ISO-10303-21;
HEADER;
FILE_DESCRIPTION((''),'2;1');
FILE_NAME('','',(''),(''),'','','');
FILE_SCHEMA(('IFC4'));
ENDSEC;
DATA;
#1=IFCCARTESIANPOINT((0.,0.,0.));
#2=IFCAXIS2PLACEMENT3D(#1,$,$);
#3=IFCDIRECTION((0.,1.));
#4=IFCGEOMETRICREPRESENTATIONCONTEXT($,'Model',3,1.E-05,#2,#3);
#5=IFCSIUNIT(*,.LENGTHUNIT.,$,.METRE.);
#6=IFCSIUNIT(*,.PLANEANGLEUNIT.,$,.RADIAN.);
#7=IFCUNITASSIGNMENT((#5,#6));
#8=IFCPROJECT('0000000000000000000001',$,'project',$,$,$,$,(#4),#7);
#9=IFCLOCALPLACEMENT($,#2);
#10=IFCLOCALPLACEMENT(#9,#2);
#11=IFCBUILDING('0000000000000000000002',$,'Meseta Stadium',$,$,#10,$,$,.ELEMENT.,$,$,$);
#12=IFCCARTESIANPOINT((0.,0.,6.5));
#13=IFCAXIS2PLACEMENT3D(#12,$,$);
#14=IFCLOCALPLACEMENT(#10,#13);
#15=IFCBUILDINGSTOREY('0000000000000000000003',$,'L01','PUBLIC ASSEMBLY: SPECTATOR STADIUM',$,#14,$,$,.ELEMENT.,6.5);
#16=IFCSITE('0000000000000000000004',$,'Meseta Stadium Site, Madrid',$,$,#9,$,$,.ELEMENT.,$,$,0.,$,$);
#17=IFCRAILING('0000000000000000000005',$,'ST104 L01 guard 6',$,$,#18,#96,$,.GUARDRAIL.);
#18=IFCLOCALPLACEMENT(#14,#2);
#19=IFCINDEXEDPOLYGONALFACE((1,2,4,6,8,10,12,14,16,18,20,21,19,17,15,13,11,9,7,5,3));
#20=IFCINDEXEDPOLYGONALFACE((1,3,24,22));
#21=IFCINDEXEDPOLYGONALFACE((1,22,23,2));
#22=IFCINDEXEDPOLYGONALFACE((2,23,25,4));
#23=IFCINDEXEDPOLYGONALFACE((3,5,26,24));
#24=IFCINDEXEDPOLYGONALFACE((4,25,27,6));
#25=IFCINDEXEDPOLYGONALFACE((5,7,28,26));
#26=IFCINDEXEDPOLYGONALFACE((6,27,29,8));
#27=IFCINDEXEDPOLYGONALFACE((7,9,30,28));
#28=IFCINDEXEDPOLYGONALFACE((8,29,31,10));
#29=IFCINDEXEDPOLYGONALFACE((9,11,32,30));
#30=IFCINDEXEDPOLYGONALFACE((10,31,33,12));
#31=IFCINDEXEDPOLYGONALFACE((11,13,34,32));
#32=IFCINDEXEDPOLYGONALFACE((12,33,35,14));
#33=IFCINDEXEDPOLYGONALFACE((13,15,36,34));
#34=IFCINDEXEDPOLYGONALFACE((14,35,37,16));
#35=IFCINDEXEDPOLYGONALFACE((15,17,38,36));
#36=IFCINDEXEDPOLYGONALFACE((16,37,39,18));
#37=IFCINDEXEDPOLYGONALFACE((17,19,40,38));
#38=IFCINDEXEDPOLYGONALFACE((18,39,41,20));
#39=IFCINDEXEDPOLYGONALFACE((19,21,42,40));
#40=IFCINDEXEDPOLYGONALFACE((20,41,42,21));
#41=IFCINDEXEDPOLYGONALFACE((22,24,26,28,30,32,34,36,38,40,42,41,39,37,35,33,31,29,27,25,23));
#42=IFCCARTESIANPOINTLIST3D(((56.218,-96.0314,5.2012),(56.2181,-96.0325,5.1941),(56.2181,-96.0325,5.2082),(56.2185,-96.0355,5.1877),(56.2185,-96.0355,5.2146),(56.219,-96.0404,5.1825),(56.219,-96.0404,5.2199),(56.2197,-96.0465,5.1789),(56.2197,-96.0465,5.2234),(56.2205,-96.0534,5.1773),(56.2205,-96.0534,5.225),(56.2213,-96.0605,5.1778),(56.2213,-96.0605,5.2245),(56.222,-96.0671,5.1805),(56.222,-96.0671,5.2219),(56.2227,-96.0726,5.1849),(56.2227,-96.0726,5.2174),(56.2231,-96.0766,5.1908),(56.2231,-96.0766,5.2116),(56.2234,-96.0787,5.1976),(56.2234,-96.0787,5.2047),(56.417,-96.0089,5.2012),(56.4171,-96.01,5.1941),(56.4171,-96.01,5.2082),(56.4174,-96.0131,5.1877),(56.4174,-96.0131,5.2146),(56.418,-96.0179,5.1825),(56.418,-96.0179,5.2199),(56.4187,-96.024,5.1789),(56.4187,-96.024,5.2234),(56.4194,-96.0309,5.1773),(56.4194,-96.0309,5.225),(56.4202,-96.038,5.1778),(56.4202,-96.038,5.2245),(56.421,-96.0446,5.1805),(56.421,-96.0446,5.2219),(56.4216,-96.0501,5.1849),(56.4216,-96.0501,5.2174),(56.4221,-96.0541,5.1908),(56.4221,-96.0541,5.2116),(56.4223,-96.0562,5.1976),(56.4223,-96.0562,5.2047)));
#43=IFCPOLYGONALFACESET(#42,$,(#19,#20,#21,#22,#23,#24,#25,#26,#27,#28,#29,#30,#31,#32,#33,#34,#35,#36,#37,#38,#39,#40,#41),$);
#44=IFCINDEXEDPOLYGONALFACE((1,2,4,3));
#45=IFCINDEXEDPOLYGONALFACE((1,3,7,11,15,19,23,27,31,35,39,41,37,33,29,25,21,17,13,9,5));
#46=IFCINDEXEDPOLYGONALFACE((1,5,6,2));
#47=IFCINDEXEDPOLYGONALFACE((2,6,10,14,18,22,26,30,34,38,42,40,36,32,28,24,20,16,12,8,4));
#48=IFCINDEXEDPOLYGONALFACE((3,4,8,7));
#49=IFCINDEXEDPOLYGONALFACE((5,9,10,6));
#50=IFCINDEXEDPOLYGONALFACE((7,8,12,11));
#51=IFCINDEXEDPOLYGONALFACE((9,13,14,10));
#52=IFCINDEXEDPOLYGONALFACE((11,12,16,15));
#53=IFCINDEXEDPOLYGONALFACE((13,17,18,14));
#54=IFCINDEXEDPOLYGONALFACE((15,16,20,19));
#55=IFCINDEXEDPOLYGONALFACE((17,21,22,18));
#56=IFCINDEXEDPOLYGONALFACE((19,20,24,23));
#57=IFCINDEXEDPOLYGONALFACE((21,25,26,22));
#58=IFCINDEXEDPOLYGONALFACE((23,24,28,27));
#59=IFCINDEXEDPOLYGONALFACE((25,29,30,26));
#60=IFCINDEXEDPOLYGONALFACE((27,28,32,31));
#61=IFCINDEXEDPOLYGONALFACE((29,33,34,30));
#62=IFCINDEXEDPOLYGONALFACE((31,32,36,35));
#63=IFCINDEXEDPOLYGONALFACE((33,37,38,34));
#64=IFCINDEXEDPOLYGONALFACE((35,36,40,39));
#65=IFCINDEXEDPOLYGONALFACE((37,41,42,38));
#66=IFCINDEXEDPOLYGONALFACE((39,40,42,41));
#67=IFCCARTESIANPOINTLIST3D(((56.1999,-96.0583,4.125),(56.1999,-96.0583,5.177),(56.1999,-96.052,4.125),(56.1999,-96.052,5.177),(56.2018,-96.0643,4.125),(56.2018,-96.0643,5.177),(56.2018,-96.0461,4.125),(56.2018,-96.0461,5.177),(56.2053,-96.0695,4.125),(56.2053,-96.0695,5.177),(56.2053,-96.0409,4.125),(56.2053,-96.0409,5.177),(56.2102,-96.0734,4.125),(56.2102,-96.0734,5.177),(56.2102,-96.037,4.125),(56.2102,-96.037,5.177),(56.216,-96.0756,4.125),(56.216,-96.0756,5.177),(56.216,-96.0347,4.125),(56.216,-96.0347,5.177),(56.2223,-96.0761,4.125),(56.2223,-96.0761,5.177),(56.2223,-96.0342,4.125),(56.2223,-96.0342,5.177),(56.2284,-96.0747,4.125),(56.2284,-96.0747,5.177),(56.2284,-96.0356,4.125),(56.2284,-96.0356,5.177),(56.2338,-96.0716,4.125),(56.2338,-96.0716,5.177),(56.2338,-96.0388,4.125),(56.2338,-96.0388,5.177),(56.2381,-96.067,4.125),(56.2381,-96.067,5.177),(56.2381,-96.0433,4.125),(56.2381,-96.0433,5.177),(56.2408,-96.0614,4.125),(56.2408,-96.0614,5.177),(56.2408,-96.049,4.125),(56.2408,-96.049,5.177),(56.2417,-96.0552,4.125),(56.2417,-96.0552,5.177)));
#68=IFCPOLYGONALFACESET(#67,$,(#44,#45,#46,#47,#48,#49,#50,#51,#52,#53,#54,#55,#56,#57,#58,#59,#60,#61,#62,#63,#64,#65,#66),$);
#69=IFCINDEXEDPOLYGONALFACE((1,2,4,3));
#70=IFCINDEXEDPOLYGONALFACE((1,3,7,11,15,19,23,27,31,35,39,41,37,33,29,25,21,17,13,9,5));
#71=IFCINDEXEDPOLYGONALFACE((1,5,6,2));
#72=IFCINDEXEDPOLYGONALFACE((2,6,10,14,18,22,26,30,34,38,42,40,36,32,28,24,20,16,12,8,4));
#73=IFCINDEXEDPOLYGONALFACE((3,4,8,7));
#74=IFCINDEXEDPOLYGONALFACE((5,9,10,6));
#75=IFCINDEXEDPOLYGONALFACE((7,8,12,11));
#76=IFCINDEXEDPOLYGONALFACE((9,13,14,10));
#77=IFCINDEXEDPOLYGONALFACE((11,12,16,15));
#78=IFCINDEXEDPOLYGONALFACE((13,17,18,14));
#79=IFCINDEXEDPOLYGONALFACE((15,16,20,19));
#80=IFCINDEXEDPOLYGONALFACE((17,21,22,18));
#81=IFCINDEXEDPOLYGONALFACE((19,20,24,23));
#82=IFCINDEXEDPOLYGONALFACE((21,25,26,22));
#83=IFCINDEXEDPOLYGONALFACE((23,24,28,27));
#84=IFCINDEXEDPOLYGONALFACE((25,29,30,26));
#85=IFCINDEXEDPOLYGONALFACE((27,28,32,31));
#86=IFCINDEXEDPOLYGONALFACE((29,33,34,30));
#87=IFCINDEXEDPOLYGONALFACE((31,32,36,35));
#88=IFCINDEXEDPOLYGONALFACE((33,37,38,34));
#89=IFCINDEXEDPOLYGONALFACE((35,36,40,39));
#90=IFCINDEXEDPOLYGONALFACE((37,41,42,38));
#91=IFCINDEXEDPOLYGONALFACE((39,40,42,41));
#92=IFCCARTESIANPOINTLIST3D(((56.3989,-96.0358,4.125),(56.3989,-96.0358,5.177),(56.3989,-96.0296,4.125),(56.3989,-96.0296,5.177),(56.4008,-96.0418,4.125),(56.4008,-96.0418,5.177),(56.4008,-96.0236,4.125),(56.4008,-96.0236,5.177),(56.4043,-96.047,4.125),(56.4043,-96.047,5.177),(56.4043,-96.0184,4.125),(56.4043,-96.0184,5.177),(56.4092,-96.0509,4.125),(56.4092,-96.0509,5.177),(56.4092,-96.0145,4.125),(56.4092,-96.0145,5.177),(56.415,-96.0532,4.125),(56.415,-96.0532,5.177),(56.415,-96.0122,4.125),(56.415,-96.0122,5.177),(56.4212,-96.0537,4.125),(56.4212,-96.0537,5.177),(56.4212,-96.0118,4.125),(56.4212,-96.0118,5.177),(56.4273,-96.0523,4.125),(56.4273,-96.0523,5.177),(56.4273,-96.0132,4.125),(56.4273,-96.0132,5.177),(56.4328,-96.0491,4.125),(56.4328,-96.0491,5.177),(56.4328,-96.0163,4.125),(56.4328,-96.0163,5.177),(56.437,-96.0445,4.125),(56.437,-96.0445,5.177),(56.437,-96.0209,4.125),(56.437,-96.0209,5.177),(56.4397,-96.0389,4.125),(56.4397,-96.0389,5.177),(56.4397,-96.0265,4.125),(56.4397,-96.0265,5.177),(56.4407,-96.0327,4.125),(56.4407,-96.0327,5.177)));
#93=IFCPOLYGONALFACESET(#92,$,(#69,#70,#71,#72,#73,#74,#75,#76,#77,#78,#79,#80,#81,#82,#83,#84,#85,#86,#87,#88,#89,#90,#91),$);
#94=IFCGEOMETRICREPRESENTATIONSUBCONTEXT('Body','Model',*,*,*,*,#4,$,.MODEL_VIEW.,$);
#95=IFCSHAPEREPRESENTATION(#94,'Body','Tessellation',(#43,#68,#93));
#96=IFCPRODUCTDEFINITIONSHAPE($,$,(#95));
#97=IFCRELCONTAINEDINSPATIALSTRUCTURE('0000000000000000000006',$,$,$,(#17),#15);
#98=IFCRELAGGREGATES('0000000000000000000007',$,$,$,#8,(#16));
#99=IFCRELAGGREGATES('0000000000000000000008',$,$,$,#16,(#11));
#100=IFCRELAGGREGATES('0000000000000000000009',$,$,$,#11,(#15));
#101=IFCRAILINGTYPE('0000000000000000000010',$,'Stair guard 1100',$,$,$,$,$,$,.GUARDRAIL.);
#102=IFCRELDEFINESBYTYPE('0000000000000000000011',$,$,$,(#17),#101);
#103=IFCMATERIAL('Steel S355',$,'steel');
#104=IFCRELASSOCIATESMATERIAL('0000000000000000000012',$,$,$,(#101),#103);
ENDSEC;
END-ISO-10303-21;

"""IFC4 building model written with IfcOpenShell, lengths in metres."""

from ifc_helpers import new_model, si_unit, direction, frame, origin, origin_2d, place, context, subcontext, project, spatial, circle, extrude, material, type_object, element, save


model = new_model("IFC4")

# Units and contexts
model_context = context("Model", 3, precision=1e-05, world=origin(), true_north=direction((0.0, 1.0)))
body_context = subcontext(model_context, "Body", "Model", "MODEL_VIEW")
ifc_project = project(units=[si_unit("LENGTHUNIT", "METRE"), si_unit("PLANEANGLEUNIT", "RADIAN")], contexts=[model_context])

# Site, building, storey
site_placement = place(None, origin())
site = spatial("IfcSite", under=ifc_project, at=site_placement, Name="Meseta Stadium Site, Madrid", CompositionType="ELEMENT", RefElevation=0.0)
building_placement = place(site_placement, origin())
building = spatial("IfcBuilding", under=site, at=building_placement, Name="Meseta Stadium", CompositionType="ELEMENT")
storey_placement = place(building_placement, frame((0.0, 0.0, 6.5)))
storey = spatial("IfcBuildingStorey", under=building, at=storey_placement, Name="L01", Description="PUBLIC ASSEMBLY: SPECTATOR STADIUM", CompositionType="ELEMENT", Elevation=6.5)

# Railing
ifc_material_1 = material(Name="Steel S355", Category="steel")
railing_type_1 = type_object("IfcRailingType", Name="Stair guard 1100", PredefinedType="GUARDRAIL", material=ifc_material_1)
railing_1_placement = place(storey_placement, frame((56.2207, -96.0552, 4.125)))
element("IfcRailing", 1, at=railing_1_placement, inside=storey, type_object=railing_type_1, Name="ST104 L01 guard 6", PredefinedType="GUARDRAIL", context=body_context, shape_type="SweptSolid", body=[
    extrude(circle(Radius=0.0239, at=origin_2d()), frame((0.0, 0.0, 1.0762), z_axis=(0.993689, 0.112171, 0.0), x_axis=(-0.112171, 0.993689, 0.0)), (0.0, 0.0, 1.0), 0.2002),
    extrude(circle(Radius=0.021, at=origin_2d()), origin(), (0.0, 0.0, 1.0), 1.052),
    extrude(circle(Radius=0.021, at=origin_2d()), frame((0.199, 0.0225, 0.0)), (0.0, 0.0, 1.0), 1.052),
])

save(model, "model.ifc")
